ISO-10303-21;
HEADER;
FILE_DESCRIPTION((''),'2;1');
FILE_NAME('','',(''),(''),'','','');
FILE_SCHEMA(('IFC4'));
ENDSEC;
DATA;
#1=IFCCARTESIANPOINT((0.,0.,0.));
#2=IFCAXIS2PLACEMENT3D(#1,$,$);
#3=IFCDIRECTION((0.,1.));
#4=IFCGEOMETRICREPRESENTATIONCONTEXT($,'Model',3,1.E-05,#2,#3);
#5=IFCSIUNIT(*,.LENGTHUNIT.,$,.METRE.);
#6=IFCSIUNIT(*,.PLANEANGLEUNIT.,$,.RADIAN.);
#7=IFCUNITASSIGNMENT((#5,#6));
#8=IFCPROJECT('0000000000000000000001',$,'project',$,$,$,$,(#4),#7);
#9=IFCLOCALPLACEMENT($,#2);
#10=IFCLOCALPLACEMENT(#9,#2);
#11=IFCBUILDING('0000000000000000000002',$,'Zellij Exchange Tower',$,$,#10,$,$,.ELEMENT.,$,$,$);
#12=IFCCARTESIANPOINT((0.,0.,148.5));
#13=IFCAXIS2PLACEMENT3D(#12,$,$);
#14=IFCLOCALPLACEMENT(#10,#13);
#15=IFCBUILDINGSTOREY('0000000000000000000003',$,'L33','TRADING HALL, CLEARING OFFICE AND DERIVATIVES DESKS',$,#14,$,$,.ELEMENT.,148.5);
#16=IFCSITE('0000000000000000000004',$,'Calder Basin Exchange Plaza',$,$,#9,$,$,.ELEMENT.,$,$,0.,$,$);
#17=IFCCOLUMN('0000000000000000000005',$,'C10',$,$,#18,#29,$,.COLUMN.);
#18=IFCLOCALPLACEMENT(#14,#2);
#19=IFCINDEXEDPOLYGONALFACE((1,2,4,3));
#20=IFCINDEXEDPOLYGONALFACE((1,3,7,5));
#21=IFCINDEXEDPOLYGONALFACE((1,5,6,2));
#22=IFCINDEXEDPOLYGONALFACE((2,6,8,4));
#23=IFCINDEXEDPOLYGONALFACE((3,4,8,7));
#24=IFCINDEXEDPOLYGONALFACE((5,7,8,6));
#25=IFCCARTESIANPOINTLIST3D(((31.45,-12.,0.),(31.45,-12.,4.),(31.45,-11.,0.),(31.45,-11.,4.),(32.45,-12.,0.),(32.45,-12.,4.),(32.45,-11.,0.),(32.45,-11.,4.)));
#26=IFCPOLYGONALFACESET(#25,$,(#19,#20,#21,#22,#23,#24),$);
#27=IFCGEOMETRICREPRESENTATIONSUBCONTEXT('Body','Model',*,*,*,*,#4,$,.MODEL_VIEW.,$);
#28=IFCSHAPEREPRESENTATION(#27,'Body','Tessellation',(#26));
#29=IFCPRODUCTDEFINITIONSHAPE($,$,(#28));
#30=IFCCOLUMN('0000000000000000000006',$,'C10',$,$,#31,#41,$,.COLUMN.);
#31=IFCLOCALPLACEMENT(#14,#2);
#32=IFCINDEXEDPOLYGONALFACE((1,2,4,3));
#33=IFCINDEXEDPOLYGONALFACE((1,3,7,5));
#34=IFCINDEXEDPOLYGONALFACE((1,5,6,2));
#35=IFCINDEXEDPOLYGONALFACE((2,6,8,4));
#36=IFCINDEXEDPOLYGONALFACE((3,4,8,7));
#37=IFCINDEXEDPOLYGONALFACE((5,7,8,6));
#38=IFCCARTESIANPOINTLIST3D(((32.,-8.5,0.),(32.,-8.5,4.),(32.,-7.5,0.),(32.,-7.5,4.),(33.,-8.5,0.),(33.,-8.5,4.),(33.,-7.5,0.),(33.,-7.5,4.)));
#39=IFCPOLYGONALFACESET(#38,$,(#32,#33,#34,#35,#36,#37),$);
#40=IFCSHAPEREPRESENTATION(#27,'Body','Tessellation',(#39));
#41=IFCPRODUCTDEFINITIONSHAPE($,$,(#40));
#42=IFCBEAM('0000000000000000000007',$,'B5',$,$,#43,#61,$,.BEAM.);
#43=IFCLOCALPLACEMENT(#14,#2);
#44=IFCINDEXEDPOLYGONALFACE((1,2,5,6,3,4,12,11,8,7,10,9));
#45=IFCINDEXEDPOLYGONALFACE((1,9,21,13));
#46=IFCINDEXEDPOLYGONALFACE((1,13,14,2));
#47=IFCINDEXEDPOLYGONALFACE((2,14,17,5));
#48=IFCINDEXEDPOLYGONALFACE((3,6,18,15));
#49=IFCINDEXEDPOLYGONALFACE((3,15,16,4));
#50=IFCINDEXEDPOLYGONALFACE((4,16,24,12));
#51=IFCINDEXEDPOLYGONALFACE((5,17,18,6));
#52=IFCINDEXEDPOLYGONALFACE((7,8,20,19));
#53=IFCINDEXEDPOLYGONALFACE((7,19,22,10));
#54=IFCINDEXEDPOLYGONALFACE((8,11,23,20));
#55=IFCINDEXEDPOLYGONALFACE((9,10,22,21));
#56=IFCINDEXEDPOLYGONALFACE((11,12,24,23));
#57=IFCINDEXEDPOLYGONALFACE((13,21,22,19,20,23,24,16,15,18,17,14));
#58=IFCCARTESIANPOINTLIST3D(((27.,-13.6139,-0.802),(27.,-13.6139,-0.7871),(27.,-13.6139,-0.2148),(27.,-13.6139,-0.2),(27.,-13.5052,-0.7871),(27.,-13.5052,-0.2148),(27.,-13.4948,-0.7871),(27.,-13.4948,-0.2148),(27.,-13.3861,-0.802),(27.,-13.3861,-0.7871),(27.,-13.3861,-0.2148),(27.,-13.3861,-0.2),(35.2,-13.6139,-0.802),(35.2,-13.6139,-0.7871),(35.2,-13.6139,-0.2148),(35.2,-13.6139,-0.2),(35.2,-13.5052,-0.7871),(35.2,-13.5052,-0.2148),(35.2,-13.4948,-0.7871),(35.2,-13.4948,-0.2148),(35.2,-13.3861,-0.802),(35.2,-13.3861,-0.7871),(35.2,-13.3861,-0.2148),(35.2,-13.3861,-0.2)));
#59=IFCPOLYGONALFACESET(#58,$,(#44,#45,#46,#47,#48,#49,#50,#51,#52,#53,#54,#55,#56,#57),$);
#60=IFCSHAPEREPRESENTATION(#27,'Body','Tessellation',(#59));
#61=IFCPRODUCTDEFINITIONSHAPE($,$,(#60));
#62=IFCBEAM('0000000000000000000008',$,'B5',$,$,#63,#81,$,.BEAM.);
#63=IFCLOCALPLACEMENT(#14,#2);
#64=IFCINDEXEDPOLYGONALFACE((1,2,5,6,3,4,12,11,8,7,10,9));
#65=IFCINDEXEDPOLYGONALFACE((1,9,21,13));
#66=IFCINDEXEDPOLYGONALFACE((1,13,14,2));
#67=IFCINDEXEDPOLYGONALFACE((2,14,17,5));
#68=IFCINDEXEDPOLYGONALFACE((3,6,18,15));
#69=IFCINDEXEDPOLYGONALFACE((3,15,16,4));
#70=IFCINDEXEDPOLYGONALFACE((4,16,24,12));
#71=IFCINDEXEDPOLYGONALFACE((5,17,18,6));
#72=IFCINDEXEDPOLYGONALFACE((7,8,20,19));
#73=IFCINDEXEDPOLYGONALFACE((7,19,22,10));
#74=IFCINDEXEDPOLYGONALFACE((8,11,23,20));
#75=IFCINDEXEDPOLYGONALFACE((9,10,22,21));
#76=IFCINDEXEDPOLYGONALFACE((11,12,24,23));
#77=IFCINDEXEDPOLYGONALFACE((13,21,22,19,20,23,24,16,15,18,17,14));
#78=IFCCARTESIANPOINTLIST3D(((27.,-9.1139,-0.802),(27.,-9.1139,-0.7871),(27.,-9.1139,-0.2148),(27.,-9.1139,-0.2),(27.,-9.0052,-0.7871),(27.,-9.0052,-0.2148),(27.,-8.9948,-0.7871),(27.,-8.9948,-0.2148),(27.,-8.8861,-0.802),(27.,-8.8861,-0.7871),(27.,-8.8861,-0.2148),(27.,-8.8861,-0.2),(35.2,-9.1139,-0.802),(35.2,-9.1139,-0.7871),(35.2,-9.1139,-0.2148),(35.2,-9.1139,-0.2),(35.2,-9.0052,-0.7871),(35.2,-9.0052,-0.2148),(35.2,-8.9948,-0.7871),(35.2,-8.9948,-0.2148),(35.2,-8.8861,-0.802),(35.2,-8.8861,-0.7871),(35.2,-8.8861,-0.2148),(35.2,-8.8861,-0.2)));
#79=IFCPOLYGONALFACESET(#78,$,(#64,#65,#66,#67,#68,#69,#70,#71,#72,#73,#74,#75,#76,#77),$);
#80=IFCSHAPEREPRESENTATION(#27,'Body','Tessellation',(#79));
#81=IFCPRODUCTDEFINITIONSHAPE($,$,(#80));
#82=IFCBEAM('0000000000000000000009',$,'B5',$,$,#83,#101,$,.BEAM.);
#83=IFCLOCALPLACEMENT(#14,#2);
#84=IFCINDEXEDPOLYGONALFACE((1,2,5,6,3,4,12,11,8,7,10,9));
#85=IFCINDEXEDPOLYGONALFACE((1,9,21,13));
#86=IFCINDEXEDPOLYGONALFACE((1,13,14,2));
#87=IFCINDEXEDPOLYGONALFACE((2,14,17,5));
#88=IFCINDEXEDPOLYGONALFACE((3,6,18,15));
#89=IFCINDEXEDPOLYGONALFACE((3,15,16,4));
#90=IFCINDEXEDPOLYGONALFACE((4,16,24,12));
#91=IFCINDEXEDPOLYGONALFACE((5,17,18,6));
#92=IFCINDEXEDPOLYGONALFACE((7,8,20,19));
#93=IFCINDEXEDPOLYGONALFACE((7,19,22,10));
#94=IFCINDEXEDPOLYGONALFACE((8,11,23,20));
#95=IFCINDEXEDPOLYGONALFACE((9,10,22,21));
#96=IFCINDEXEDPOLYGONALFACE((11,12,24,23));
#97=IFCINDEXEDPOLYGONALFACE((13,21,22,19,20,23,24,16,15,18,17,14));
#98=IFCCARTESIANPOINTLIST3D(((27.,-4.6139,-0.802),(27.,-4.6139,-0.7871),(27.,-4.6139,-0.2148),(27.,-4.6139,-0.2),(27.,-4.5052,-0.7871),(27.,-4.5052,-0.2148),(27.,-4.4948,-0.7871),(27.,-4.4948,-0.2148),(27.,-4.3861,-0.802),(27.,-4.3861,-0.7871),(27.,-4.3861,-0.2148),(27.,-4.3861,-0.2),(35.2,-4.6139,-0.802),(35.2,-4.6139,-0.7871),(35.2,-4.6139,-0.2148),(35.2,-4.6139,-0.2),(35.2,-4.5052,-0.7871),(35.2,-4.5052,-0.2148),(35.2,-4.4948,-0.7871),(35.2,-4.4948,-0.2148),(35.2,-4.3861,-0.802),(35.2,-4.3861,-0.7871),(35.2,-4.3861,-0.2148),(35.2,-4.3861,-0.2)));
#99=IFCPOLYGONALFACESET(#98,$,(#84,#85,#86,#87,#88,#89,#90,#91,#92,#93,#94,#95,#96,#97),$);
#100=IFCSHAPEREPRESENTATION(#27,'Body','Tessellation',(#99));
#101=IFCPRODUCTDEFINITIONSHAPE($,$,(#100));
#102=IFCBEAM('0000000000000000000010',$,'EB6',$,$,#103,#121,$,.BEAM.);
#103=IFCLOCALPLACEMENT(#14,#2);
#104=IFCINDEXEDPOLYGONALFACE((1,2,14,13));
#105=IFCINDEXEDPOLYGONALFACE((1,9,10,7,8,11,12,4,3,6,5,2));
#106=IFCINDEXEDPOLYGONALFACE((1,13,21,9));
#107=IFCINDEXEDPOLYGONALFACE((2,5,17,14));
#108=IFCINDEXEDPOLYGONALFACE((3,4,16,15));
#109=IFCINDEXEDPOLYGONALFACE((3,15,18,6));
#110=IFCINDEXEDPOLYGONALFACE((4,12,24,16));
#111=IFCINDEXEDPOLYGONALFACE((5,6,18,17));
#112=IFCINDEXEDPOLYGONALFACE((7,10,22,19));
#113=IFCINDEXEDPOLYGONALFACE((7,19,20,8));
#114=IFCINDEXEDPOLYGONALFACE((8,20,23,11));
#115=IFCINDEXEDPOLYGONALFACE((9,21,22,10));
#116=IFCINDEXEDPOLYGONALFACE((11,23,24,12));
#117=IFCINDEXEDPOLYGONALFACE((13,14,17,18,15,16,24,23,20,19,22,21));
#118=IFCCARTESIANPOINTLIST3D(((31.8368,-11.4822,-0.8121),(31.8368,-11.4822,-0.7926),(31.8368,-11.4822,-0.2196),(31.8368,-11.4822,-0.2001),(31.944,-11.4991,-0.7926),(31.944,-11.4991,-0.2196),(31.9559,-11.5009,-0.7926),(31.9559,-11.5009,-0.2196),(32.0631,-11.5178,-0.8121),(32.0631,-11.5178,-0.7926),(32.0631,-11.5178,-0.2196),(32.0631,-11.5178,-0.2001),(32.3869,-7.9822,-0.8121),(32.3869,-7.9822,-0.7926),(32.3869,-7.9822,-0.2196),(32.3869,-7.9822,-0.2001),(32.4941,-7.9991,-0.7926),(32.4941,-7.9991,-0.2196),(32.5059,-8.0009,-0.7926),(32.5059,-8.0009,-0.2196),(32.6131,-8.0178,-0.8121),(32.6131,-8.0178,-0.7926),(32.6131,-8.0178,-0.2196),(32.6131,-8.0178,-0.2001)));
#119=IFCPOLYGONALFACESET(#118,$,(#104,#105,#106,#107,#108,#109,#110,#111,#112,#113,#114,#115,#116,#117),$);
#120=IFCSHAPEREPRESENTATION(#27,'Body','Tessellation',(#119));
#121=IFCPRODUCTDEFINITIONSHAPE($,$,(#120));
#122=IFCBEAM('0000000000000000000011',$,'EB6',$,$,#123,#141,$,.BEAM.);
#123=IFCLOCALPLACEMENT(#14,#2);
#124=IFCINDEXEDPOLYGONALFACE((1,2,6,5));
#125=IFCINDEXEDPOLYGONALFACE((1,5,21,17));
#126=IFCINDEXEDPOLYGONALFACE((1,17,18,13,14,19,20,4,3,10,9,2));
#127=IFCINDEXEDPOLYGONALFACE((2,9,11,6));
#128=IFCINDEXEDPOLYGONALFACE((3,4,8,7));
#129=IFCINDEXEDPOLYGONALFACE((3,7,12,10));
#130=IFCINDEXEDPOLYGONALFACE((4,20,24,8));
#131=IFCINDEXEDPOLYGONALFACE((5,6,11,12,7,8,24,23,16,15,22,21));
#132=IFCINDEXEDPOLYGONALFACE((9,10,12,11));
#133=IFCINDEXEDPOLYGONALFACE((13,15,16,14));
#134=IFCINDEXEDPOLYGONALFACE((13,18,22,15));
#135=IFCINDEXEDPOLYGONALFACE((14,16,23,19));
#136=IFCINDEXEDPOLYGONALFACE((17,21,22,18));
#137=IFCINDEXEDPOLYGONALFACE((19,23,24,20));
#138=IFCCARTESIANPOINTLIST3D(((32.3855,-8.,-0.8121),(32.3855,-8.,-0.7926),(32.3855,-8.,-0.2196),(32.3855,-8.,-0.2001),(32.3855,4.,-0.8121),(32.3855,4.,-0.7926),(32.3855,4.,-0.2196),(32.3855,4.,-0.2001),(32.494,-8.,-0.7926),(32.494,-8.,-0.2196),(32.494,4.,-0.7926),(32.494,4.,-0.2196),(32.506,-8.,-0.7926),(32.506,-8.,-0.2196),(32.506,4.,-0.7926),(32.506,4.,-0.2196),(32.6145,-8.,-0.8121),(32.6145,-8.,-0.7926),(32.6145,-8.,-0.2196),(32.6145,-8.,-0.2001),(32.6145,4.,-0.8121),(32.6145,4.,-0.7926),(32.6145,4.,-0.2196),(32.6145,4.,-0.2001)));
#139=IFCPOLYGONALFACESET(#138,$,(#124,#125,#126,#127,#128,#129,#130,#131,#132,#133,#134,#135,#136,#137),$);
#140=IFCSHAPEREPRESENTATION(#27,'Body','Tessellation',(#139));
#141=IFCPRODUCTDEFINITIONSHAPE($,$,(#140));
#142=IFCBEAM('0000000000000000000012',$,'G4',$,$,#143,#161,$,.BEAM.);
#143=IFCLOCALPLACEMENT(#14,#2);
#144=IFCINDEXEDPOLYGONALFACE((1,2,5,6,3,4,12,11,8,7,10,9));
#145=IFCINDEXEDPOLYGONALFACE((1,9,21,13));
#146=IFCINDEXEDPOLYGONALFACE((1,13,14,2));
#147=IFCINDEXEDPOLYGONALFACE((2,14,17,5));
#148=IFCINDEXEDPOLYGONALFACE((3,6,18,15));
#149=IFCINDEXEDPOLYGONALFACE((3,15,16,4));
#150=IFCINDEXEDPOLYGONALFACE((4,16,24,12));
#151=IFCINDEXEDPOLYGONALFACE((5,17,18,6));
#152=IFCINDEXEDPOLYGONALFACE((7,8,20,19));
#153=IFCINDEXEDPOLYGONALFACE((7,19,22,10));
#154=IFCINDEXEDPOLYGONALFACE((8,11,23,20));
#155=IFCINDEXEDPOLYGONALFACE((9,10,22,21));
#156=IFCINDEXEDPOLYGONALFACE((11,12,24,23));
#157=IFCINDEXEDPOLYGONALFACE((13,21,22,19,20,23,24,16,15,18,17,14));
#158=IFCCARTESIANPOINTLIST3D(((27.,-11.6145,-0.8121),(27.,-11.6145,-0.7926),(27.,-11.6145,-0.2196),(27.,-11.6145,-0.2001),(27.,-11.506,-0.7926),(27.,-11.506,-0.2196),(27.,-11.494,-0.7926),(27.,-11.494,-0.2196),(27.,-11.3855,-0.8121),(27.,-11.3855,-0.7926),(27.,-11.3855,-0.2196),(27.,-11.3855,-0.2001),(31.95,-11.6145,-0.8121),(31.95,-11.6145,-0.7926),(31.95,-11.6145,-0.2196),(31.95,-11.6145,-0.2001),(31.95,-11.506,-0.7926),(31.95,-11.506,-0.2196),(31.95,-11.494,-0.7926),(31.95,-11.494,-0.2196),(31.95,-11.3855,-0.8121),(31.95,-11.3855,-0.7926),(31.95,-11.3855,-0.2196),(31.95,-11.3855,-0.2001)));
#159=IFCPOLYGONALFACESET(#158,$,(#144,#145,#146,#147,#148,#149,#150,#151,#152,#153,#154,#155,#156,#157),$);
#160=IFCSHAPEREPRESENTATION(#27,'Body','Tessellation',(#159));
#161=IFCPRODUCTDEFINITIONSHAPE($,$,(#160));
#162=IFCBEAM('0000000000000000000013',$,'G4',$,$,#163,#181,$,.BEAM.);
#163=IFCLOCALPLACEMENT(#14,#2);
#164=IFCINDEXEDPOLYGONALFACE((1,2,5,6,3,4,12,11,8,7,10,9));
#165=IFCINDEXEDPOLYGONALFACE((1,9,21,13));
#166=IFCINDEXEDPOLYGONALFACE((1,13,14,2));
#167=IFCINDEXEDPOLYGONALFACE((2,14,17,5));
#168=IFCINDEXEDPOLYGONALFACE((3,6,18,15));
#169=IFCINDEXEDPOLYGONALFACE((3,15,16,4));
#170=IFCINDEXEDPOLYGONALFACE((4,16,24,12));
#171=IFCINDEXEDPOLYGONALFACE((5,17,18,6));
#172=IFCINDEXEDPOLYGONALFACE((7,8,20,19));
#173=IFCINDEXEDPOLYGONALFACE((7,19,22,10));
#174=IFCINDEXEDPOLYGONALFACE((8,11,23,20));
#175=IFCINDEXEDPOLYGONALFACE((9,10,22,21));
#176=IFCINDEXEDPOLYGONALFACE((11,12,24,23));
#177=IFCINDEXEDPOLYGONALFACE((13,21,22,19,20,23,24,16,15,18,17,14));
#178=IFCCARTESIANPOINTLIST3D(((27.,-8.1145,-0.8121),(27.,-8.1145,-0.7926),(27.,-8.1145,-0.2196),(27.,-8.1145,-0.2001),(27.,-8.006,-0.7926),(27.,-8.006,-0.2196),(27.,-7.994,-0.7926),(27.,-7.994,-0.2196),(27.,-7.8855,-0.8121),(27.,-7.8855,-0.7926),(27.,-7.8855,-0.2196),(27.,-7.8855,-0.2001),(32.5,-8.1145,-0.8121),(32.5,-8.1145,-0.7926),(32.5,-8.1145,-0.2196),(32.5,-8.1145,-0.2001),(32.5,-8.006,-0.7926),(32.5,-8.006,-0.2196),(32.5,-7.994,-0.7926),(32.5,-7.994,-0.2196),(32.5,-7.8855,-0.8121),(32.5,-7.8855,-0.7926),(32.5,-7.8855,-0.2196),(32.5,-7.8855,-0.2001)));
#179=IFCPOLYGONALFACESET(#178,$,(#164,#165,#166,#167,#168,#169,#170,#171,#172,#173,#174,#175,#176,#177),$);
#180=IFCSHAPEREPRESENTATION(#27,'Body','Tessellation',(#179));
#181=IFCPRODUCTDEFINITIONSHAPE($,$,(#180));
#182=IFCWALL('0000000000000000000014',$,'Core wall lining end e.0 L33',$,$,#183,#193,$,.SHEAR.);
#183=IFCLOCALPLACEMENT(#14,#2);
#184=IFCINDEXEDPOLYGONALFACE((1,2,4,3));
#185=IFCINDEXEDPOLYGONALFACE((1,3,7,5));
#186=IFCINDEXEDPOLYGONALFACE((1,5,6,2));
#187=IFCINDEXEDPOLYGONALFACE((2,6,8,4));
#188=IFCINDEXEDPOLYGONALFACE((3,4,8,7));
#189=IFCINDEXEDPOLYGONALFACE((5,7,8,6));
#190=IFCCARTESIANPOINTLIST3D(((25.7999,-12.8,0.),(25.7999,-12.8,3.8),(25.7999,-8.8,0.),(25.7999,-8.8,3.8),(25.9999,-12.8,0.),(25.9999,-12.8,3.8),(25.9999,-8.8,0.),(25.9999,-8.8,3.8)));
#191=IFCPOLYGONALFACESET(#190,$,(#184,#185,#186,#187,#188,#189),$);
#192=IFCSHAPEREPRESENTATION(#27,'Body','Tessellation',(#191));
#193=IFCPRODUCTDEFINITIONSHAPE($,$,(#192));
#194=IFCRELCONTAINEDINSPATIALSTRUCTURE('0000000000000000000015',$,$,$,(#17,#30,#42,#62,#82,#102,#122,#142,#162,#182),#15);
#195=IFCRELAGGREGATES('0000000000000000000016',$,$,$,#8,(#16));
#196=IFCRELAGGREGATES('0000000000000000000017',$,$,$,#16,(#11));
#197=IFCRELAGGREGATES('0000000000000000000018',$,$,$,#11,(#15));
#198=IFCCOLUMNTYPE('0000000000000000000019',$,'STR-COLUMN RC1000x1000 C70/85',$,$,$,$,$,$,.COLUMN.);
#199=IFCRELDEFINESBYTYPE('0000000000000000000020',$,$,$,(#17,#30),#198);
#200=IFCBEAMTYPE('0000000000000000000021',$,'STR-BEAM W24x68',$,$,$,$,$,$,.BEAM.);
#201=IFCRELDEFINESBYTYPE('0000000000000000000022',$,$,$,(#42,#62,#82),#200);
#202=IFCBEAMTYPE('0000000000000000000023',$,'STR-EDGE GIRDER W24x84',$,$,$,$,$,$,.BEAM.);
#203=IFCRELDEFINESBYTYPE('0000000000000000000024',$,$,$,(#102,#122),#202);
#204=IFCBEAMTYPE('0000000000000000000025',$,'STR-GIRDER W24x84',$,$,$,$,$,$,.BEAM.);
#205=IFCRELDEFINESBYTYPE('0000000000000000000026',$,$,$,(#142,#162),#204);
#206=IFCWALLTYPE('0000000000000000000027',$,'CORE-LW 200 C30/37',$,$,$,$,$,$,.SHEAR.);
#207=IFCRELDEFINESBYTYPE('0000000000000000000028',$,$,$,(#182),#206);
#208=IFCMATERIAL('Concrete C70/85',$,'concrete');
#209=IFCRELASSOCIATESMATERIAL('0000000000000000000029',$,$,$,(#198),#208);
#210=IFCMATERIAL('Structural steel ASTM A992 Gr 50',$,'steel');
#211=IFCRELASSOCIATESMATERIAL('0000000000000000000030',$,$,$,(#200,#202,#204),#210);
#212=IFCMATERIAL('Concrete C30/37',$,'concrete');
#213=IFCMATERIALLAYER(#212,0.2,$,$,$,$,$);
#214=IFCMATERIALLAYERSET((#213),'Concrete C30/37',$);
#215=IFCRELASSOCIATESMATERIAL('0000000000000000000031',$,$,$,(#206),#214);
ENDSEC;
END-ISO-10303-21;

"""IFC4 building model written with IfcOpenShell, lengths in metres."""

from ifc_helpers import new_model, si_unit, direction, frame, frame_2d, origin, origin_2d, place, context, subcontext, project, spatial, rectangle, i_section, extrude, material, layer, layer_set, material_profile, profile_set, type_object, element, save


model = new_model("IFC4")

# Units and contexts
model_context = context("Model", 3, precision=1e-05, world=origin(), true_north=direction((0.0, 1.0)))
body_context = subcontext(model_context, "Body", "Model", "MODEL_VIEW")
ifc_project = project(units=[si_unit("LENGTHUNIT", "METRE"), si_unit("PLANEANGLEUNIT", "RADIAN")], contexts=[model_context])

# Site, building, storey
site_placement = place(None, origin())
site = spatial("IfcSite", under=ifc_project, at=site_placement, Name="Calder Basin Exchange Plaza", CompositionType="ELEMENT", RefElevation=0.0)
building_placement = place(site_placement, origin())
building = spatial("IfcBuilding", under=site, at=building_placement, Name="Zellij Exchange Tower", CompositionType="ELEMENT")
storey_placement = place(building_placement, frame((0.0, 0.0, 148.5)))
storey = spatial("IfcBuildingStorey", under=building, at=storey_placement, Name="L33", Description="TRADING HALL, CLEARING OFFICE AND DERIVATIVES DESKS", CompositionType="ELEMENT", Elevation=148.5)

# Columns
ifc_material_1 = material(Name="Concrete C70/85", Category="concrete")
ifc_material_profile_1 = material_profile(ifc_material_1, rectangle(XDim=1.0, YDim=1.0, at=origin_2d()), Name="STR-COLUMN RC1000x1000 C70/85")
ifc_profile_set_1 = profile_set([ifc_material_profile_1], Name="Concrete C70/85")
column_type = type_object("IfcColumnType", Name="STR-COLUMN RC1000x1000 C70/85", PredefinedType="COLUMN", material=ifc_profile_set_1)
for number, where, z_axis, x_axis, name in (
    (1, (31.95, -11.5, 0.0), (0.0, 0.0, 1.0), (1.0, 0.0, 0.0), "C10"),
    (2, (32.5, -8.0, 0.0), (0.0, 0.0, 1.0), (1.0, 0.0, 0.0), "C10"),
):
    element("IfcColumn", number, at=place(storey_placement, frame(where, z_axis=z_axis, x_axis=x_axis)), inside=storey, type_object=column_type, Name=name, PredefinedType="COLUMN", context=body_context, shape_type="SweptSolid", body=[
        extrude(rectangle(XDim=1.0, YDim=1.0, at=origin_2d()), origin(), (0.0, 0.0, 1.0), 4.0),
    ])

# Beams
ifc_material_2 = material(Name="Structural steel ASTM A992 Gr 50", Category="steel")
ifc_material_profile_2 = material_profile(ifc_material_2, i_section(OverallWidth=0.2278, OverallDepth=0.6021, WebThickness=0.0105, FlangeThickness=0.0149, at=origin_2d()), Name="W24x68")
ifc_profile_set_2 = profile_set([ifc_material_profile_2], Name="Structural steel ASTM A992 Gr 50")
beam_type_1 = type_object("IfcBeamType", Name="STR-BEAM W24x68", PredefinedType="BEAM", material=ifc_profile_set_2)
for number, where, z_axis, x_axis, name in (
    (3, (27.0, -13.5, -0.501), (1.0, 0.0, 0.0), (0.0, 1.0, 0.0), "B5"),
    (4, (27.0, -9.0, -0.501), (1.0, 0.0, 0.0), (0.0, 1.0, 0.0), "B5"),
    (5, (27.0, -4.5, -0.501), (1.0, 0.0, 0.0), (0.0, 1.0, 0.0), "B5"),
):
    element("IfcBeam", number, at=place(storey_placement, frame(where, z_axis=z_axis, x_axis=x_axis)), inside=storey, type_object=beam_type_1, Name=name, PredefinedType="BEAM", context=body_context, shape_type="SweptSolid", body=[
        extrude(i_section(OverallWidth=0.2278, OverallDepth=0.6021, WebThickness=0.0105, FlangeThickness=0.0149, at=origin_2d()), origin(), (0.0, 0.0, 1.0), 8.2),
    ])
ifc_material_profile_3 = material_profile(ifc_material_2, i_section(OverallWidth=0.229, OverallDepth=0.6121, WebThickness=0.012, FlangeThickness=0.0195, at=origin_2d()), Name="W24x84")
ifc_profile_set_3 = profile_set([ifc_material_profile_3], Name="Structural steel ASTM A992 Gr 50")
beam_type_2 = type_object("IfcBeamType", Name="STR-EDGE GIRDER W24x84", PredefinedType="BEAM", material=ifc_profile_set_3)
beam_1_placement = place(storey_placement, frame((31.95, -11.5, -0.5061), z_axis=(0.155251, 0.987875, 0.0), x_axis=(-0.987875, 0.155251, 0.0)))
element("IfcBeam", 6, at=beam_1_placement, inside=storey, type_object=beam_type_2, Name="EB6", PredefinedType="BEAM", context=body_context, shape_type="SweptSolid", body=[
    extrude(i_section(OverallWidth=0.229, OverallDepth=0.6121, WebThickness=0.012, FlangeThickness=0.0195, at=origin_2d()), origin(), (0.0, 0.0, 1.0), 3.543),
])
beam_2_placement = place(storey_placement, frame((32.5, -8.0, -0.5061), z_axis=(0.0, 1.0, 0.0), x_axis=(-1.0, 0.0, 0.0)))
element("IfcBeam", 7, at=beam_2_placement, inside=storey, type_object=beam_type_2, Name="EB6", PredefinedType="BEAM", context=body_context, shape_type="SweptSolid", body=[
    extrude(i_section(OverallWidth=0.229, OverallDepth=0.6121, WebThickness=0.012, FlangeThickness=0.0195, at=origin_2d()), origin(), (0.0, 0.0, 1.0), 12.0),
])
ifc_material_profile_4 = material_profile(ifc_material_2, i_section(OverallWidth=0.229, OverallDepth=0.6121, WebThickness=0.012, FlangeThickness=0.0195, at=origin_2d()), Name="W24x84")
ifc_profile_set_4 = profile_set([ifc_material_profile_4], Name="Structural steel ASTM A992 Gr 50")
beam_type_3 = type_object("IfcBeamType", Name="STR-GIRDER W24x84", PredefinedType="BEAM", material=ifc_profile_set_4)
beam_3_placement = place(storey_placement, frame((27.0, -11.5, -0.5061), z_axis=(1.0, 0.0, 0.0), x_axis=(0.0, 1.0, 0.0)))
element("IfcBeam", 8, at=beam_3_placement, inside=storey, type_object=beam_type_3, Name="G4", PredefinedType="BEAM", context=body_context, shape_type="SweptSolid", body=[
    extrude(i_section(OverallWidth=0.229, OverallDepth=0.6121, WebThickness=0.012, FlangeThickness=0.0195, at=origin_2d()), origin(), (0.0, 0.0, 1.0), 4.95),
])
beam_4_placement = place(storey_placement, frame((27.0, -8.0, -0.5061), z_axis=(1.0, 0.0, 0.0), x_axis=(0.0, 1.0, 0.0)))
element("IfcBeam", 9, at=beam_4_placement, inside=storey, type_object=beam_type_3, Name="G4", PredefinedType="BEAM", context=body_context, shape_type="SweptSolid", body=[
    extrude(i_section(OverallWidth=0.229, OverallDepth=0.6121, WebThickness=0.012, FlangeThickness=0.0195, at=origin_2d()), origin(), (0.0, 0.0, 1.0), 5.5),
])

# Wall
ifc_material_3 = material(Name="Concrete C30/37", Category="concrete")
ifc_layer_1 = layer(ifc_material_3, 0.2)
ifc_layer_set_1 = layer_set([ifc_layer_1], Name="Concrete C30/37")
wall_type_1 = type_object("IfcWallType", Name="CORE-LW 200 C30/37", PredefinedType="SHEAR", material=ifc_layer_set_1)
wall_1_placement = place(storey_placement, frame((25.8999, -12.8, 0.0), z_axis=(0.0, 0.0, 1.0), x_axis=(0.0, 1.0, 0.0)))
element("IfcWall", 10, at=wall_1_placement, inside=storey, type_object=wall_type_1, Name="Core wall lining end e.0 L33", PredefinedType="SHEAR", context=body_context, shape_type="SweptSolid", body=[
    extrude(rectangle(XDim=4.0, YDim=0.2, at=frame_2d((2.0, 0.0))), origin(), (0.0, 0.0, 1.0), 3.8),
])

save(model, "model.ifc")
